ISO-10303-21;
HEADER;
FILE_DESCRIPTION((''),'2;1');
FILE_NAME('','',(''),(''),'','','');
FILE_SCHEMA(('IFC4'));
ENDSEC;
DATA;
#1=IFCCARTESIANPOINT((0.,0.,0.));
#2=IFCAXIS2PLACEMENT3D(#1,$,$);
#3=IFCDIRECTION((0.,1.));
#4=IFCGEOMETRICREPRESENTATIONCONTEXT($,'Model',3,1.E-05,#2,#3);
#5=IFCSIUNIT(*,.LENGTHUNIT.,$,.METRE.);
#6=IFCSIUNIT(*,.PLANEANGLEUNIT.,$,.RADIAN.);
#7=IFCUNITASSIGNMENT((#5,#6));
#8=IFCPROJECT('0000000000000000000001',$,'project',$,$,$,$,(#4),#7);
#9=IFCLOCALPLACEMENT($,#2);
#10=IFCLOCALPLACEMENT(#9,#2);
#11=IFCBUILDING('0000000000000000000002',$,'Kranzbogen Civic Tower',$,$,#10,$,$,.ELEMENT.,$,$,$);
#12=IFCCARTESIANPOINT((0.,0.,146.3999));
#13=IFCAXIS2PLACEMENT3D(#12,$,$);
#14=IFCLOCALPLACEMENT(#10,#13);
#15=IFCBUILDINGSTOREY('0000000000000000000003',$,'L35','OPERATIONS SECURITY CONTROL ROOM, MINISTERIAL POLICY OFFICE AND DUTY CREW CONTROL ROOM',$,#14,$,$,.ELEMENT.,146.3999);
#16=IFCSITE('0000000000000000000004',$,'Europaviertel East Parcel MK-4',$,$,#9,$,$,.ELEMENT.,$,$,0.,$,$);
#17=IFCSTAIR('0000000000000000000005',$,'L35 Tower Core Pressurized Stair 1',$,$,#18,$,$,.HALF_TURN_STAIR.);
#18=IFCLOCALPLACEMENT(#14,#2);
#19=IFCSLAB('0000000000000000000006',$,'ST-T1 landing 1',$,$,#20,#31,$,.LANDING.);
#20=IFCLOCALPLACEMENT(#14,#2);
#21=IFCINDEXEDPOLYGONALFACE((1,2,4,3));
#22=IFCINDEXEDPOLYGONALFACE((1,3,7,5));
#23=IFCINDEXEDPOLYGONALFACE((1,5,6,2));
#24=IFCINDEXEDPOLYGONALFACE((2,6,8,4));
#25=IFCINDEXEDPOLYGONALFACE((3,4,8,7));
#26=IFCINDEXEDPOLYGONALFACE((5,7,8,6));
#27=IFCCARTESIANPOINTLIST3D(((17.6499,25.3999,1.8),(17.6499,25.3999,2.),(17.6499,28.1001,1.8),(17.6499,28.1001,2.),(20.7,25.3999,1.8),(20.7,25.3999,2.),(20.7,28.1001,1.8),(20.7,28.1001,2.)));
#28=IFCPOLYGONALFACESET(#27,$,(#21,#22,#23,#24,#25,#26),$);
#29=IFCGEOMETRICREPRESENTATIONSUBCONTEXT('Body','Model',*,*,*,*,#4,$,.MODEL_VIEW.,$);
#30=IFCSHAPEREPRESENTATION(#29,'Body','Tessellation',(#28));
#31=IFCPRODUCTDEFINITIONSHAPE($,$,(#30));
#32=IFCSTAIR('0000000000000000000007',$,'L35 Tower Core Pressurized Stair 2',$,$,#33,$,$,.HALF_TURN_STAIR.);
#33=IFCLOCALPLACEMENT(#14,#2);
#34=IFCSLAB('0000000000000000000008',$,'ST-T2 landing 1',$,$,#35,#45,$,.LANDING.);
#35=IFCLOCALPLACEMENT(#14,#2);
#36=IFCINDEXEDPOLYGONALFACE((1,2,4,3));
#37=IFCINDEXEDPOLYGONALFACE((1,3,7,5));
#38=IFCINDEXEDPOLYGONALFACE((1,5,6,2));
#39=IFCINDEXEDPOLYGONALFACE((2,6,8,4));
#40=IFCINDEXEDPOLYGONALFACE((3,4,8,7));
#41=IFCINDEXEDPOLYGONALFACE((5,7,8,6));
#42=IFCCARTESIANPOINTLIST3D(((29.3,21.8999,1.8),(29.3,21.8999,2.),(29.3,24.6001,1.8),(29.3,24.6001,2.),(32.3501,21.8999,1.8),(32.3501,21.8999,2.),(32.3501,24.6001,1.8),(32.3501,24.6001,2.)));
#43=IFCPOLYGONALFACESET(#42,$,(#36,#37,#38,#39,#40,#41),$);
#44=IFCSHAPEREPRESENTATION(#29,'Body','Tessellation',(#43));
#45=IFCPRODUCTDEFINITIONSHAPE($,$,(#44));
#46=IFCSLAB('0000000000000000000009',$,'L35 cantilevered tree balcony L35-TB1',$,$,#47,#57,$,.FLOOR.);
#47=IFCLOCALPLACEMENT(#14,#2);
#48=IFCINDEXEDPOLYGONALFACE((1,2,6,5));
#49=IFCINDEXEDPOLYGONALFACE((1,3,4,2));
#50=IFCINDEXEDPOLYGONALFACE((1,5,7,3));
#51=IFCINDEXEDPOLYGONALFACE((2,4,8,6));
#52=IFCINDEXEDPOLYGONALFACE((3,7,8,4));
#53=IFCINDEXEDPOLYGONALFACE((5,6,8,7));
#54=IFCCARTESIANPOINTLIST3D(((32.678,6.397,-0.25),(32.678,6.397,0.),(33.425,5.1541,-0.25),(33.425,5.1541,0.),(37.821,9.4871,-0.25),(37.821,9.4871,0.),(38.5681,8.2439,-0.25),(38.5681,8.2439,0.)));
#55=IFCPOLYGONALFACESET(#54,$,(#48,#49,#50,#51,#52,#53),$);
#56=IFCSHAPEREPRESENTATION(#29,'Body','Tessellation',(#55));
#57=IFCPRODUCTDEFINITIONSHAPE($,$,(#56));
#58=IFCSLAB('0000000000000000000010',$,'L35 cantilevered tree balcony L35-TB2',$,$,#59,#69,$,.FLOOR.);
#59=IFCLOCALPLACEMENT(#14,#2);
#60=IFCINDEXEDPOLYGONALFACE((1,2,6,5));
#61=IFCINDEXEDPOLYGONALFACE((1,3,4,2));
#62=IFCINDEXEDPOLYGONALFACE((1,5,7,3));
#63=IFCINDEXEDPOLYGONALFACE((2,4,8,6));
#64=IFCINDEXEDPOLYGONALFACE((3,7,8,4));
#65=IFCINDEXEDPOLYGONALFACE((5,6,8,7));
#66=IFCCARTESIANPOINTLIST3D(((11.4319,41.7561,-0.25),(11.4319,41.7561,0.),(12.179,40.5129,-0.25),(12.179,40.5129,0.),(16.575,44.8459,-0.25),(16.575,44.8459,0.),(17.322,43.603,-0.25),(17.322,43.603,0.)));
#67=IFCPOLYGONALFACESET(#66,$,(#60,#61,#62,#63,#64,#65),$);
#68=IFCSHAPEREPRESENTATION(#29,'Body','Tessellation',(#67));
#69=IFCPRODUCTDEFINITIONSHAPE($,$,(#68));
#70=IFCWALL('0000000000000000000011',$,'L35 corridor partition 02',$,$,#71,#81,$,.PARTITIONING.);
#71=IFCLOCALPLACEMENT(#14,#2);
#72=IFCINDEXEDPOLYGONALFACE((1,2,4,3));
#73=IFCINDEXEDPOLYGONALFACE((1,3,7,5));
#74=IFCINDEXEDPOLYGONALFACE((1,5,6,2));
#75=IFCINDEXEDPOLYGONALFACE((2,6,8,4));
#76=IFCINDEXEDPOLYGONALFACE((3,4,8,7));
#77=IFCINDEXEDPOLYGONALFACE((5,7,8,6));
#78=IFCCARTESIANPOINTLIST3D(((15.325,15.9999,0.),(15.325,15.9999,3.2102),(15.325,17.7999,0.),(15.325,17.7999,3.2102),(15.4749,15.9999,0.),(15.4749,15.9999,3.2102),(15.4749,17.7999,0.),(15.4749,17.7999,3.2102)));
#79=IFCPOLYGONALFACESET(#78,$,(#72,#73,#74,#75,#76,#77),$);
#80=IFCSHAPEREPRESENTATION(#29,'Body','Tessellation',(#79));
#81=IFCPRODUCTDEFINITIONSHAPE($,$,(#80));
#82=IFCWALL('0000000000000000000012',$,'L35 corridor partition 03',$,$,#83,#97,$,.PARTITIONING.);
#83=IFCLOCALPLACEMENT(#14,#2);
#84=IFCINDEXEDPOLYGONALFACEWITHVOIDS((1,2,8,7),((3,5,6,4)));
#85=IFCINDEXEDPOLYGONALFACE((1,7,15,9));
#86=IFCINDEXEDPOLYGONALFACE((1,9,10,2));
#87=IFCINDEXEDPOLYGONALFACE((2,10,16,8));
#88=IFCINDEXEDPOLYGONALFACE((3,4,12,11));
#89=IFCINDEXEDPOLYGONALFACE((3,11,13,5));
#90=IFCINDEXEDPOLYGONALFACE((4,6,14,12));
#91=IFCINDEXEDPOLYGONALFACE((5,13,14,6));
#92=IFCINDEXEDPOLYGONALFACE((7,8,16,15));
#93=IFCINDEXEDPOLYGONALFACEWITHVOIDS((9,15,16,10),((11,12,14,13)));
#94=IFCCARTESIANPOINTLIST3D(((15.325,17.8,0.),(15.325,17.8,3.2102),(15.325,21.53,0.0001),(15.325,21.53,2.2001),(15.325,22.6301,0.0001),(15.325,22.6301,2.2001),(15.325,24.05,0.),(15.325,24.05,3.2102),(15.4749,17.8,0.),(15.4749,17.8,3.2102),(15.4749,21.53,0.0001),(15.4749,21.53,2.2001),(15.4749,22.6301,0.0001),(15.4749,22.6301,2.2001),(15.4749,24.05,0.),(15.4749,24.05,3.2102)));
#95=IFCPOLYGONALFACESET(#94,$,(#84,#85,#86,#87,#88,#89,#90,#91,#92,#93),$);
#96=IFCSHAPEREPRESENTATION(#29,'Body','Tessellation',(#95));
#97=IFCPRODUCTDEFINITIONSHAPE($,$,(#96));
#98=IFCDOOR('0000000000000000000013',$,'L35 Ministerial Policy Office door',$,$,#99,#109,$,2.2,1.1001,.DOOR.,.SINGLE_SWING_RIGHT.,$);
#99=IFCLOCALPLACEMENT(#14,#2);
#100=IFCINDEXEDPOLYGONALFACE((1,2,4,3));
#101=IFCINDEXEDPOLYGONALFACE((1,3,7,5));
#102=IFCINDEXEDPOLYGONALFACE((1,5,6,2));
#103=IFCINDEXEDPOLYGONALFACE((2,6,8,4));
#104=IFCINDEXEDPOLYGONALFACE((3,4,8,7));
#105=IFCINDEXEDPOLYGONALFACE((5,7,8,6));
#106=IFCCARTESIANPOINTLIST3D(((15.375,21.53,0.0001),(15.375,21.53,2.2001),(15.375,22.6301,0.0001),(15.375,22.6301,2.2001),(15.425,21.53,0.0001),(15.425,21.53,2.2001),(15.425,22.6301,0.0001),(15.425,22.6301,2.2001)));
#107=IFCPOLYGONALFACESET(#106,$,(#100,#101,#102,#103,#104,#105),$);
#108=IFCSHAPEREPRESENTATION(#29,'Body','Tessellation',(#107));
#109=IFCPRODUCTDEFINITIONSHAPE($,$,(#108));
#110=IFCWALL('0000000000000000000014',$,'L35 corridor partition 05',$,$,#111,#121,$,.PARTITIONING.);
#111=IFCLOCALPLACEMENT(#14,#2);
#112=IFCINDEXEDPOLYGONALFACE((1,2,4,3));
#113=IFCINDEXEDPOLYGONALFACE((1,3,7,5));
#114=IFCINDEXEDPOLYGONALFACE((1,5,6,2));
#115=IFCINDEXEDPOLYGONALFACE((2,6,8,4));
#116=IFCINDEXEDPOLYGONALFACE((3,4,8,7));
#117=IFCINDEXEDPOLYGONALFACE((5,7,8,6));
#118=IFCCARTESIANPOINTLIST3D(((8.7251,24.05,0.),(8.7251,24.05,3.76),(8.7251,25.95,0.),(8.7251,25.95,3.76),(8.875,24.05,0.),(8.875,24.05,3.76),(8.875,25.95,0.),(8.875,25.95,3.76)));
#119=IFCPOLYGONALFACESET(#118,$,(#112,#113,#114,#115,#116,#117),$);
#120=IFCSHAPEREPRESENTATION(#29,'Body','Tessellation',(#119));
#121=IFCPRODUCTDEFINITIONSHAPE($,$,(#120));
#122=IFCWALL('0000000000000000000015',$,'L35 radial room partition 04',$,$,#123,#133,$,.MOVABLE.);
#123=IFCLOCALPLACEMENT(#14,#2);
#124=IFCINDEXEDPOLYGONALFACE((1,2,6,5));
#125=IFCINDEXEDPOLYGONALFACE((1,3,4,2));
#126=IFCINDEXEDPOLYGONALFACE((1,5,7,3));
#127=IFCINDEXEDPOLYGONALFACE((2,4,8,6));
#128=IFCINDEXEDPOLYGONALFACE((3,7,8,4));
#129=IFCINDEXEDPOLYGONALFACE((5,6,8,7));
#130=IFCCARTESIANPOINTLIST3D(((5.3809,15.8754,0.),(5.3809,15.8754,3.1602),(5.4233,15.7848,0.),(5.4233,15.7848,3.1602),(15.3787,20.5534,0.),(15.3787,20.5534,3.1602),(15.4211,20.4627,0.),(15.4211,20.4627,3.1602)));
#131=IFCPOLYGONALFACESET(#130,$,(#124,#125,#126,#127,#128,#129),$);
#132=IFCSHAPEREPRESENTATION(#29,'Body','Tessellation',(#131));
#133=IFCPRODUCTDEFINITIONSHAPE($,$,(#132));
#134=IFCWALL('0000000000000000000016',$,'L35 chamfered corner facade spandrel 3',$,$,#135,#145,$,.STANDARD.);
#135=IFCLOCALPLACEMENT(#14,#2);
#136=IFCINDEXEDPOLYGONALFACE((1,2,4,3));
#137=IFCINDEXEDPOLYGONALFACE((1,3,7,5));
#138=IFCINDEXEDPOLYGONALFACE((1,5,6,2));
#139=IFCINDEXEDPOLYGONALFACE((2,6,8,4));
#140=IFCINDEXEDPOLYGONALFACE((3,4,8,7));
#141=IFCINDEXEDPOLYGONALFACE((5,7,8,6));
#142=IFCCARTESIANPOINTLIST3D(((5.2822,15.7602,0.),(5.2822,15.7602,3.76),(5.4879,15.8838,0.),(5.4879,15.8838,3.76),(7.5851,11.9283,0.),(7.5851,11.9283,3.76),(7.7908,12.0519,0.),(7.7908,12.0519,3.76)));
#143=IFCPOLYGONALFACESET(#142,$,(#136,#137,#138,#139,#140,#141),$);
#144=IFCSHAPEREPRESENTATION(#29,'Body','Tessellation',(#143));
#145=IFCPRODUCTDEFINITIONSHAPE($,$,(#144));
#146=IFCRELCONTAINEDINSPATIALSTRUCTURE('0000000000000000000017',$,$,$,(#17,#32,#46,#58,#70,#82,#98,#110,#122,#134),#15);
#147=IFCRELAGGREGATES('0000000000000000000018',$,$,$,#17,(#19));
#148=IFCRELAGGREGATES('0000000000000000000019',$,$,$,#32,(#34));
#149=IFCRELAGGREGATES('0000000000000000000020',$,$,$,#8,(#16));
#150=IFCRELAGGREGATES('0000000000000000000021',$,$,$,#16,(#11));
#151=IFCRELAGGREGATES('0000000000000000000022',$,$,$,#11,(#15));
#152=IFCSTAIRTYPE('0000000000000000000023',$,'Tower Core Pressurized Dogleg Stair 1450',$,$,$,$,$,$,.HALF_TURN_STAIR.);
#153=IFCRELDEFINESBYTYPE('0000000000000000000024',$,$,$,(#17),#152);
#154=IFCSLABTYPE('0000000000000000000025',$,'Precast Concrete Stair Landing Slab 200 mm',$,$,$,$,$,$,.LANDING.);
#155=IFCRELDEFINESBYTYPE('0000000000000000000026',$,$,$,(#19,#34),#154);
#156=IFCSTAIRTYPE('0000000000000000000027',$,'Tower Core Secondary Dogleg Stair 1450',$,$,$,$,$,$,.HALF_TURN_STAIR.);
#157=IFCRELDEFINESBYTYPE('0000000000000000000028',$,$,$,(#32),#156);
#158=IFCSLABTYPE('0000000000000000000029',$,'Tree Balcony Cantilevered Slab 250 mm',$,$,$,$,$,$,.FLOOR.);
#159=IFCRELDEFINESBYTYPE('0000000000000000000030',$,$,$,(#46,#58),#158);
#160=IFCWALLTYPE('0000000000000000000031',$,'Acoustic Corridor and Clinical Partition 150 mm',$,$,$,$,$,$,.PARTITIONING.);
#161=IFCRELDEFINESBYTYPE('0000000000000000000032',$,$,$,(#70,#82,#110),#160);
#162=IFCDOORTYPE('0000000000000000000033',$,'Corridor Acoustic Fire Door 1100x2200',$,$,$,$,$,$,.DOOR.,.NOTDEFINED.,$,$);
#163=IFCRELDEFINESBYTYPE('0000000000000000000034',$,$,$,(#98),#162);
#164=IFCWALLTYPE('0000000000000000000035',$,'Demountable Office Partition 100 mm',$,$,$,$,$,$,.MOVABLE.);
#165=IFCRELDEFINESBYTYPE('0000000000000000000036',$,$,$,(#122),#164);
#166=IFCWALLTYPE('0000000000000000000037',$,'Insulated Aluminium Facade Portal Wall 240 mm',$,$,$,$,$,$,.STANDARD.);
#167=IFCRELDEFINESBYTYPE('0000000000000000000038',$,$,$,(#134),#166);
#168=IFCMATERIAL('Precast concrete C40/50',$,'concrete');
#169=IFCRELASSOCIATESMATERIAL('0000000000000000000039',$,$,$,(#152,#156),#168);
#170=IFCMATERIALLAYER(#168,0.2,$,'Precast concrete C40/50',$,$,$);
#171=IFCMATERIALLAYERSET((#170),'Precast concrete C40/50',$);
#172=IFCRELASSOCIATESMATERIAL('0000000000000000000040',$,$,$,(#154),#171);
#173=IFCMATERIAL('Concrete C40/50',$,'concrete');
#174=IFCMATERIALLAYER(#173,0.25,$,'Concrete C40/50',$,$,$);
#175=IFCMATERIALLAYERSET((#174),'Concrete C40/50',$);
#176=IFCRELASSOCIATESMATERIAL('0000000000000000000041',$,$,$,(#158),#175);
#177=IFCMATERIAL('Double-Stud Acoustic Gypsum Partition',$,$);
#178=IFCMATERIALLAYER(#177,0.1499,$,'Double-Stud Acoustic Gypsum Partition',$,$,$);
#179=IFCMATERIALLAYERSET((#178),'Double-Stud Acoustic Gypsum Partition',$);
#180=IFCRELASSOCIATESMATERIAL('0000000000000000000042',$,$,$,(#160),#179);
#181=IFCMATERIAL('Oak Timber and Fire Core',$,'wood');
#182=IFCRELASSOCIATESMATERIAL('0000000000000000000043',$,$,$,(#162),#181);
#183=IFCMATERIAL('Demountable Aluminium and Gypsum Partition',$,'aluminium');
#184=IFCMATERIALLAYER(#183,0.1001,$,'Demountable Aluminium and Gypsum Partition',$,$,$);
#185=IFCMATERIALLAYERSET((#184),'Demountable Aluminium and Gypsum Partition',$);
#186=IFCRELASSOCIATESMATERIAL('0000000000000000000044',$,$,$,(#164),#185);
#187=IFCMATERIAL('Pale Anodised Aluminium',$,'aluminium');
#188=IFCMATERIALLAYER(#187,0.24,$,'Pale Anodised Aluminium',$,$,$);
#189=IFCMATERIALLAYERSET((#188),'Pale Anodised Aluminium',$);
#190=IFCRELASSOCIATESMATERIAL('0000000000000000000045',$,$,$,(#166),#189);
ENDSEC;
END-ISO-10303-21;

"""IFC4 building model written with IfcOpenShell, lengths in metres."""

from ifc_helpers import new_model, si_unit, direction, frame, frame_2d, origin, place, context, subcontext, project, spatial, polyline, rectangle, outline, extrude, material, layer, layer_set, type_object, element, fill, aggregate, save


model = new_model("IFC4")

# Units and contexts
model_context = context("Model", 3, precision=1e-05, world=origin(), true_north=direction((0.0, 1.0)))
body_context = subcontext(model_context, "Body", "Model", "MODEL_VIEW")
ifc_project = project(units=[si_unit("LENGTHUNIT", "METRE"), si_unit("PLANEANGLEUNIT", "RADIAN")], contexts=[model_context])

# Site, building, storey
site_placement = place(None, origin())
site = spatial("IfcSite", under=ifc_project, at=site_placement, Name="Europaviertel East Parcel MK-4", CompositionType="ELEMENT", RefElevation=0.0)
building_placement = place(site_placement, origin())
building = spatial("IfcBuilding", under=site, at=building_placement, Name="Kranzbogen Civic Tower", CompositionType="ELEMENT")
storey_placement = place(building_placement, frame((0.0, 0.0, 146.3999)))
storey = spatial("IfcBuildingStorey", under=building, at=storey_placement, Name="L35", Description="OPERATIONS SECURITY CONTROL ROOM, MINISTERIAL POLICY OFFICE AND DUTY CREW CONTROL ROOM", CompositionType="ELEMENT", Elevation=146.3999)

# Shared definitions
ifc_material_1 = material(Name="Pale Anodised Aluminium", Category="aluminium")

# Shared definitions
ifc_material_2 = material(Name="Concrete C40/50", Category="concrete")

# Stairs, slabs
ifc_material_3 = material(Name="Precast concrete C40/50", Category="concrete")
stair_type_1 = type_object("IfcStairType", Name="Tower Core Pressurized Dogleg Stair 1450", PredefinedType="HALF_TURN_STAIR", material=ifc_material_3)
stair_1_placement = place(storey_placement, origin())
stair_1 = element("IfcStair", 1, at=stair_1_placement, inside=storey, type_object=stair_type_1, Name="L35 Tower Core Pressurized Stair 1", PredefinedType="HALF_TURN_STAIR")
ifc_layer_1 = layer(ifc_material_3, 0.2, Name="Precast concrete C40/50")
ifc_layer_set_1 = layer_set([ifc_layer_1], Name="Precast concrete C40/50")
slab_type_1 = type_object("IfcSlabType", Name="Precast Concrete Stair Landing Slab 200 mm", PredefinedType="LANDING", material=ifc_layer_set_1)
slab_1_placement = place(storey_placement, frame((0.0, 0.0, 1.8)))
slab_1 = element("IfcSlab", 2, at=slab_1_placement, type_object=slab_type_1, Name="ST-T1 landing 1", PredefinedType="LANDING", context=body_context, shape_type="SweptSolid", body=[
    extrude(outline(polyline([(20.7, 25.3999), (20.7, 28.1001), (17.6499, 28.1001), (17.6499, 25.3999), (20.7, 25.3999)])), origin(), (0.0, 0.0, 1.0), 0.2),
])
aggregate(stair_1, [slab_1])
stair_type_2 = type_object("IfcStairType", Name="Tower Core Secondary Dogleg Stair 1450", PredefinedType="HALF_TURN_STAIR", material=ifc_material_3)
stair_2_placement = place(storey_placement, origin())
stair_2 = element("IfcStair", 3, at=stair_2_placement, inside=storey, type_object=stair_type_2, Name="L35 Tower Core Pressurized Stair 2", PredefinedType="HALF_TURN_STAIR")
slab_2_placement = place(storey_placement, frame((0.0, 0.0, 1.8)))
slab_2 = element("IfcSlab", 4, at=slab_2_placement, type_object=slab_type_1, Name="ST-T2 landing 1", PredefinedType="LANDING", context=body_context, shape_type="SweptSolid", body=[
    extrude(outline(polyline([(29.3, 24.6001), (29.3, 21.8999), (32.3501, 21.8999), (32.3501, 24.6001), (29.3, 24.6001)])), origin(), (0.0, 0.0, 1.0), 0.2),
])
aggregate(stair_2, [slab_2])

# Slabs
ifc_layer_2 = layer(ifc_material_2, 0.25, Name="Concrete C40/50")
ifc_layer_set_2 = layer_set([ifc_layer_2], Name="Concrete C40/50")
slab_type_2 = type_object("IfcSlabType", Name="Tree Balcony Cantilevered Slab 250 mm", PredefinedType="FLOOR", material=ifc_layer_set_2)
slab_3_placement = place(storey_placement, frame((0.0, 0.0, -0.25)))
element("IfcSlab", 5, at=slab_3_placement, inside=storey, type_object=slab_type_2, Name="L35 cantilevered tree balcony L35-TB1", PredefinedType="FLOOR", context=body_context, shape_type="SweptSolid", body=[
    extrude(outline(polyline([(32.678, 6.397), (37.821, 9.4871), (38.5681, 8.2439), (33.425, 5.1541), (32.678, 6.397)])), origin(), (0.0, 0.0, 1.0), 0.25),
])
slab_4_placement = place(storey_placement, frame((0.0, 0.0, -0.25)))
element("IfcSlab", 6, at=slab_4_placement, inside=storey, type_object=slab_type_2, Name="L35 cantilevered tree balcony L35-TB2", PredefinedType="FLOOR", context=body_context, shape_type="SweptSolid", body=[
    extrude(outline(polyline([(17.322, 43.603), (12.179, 40.5129), (11.4319, 41.7561), (16.575, 44.8459), (17.322, 43.603)])), origin(), (0.0, 0.0, 1.0), 0.25),
])

# Wall
ifc_material_4 = material(Name="Double-Stud Acoustic Gypsum Partition")
ifc_layer_3 = layer(ifc_material_4, 0.1499, Name="Double-Stud Acoustic Gypsum Partition")
ifc_layer_set_3 = layer_set([ifc_layer_3], Name="Double-Stud Acoustic Gypsum Partition")
wall_type_1 = type_object("IfcWallType", Name="Acoustic Corridor and Clinical Partition 150 mm", PredefinedType="PARTITIONING", material=ifc_layer_set_3)
wall_1_placement = place(storey_placement, frame((15.3999, 16.0, 0.0), z_axis=(0.0, 0.0, 1.0), x_axis=(0.0, 1.0, 0.0)))
element("IfcWall", 7, at=wall_1_placement, inside=storey, type_object=wall_type_1, Name="L35 corridor partition 02", PredefinedType="PARTITIONING", context=body_context, shape_type="SweptSolid", body=[
    extrude(rectangle(XDim=1.8, YDim=0.1499, at=frame_2d((0.8999, 0.0))), origin(), (0.0, 0.0, 1.0), 3.2102),
])

# Wall, opening, door
wall_2_placement = place(storey_placement, frame((15.3999, 17.8, 0.0), z_axis=(0.0, 0.0, 1.0), x_axis=(0.0, 1.0, 0.0)))
wall_2 = element("IfcWall", 8, at=wall_2_placement, inside=storey, type_object=wall_type_1, Name="L35 corridor partition 03", PredefinedType="PARTITIONING", context=body_context, shape_type="SweptSolid", body=[
    extrude(rectangle(XDim=6.25, YDim=0.1499, at=frame_2d((3.125, 0.0))), origin(), (0.0, 0.0, 1.0), 3.2102),
])
opening_placement = place(wall_2_placement, frame((3.73, 0.0, 0.0)))
opening = element("IfcOpeningElement", 9, at=opening_placement, cuts=wall_2, PredefinedType="OPENING", context=body_context, shape_type="SweptSolid", body=[
    extrude(rectangle(XDim=1.1001, YDim=2.2, at=frame_2d((0.55, 1.1001))), frame((0.0, 0.085, 0.0), z_axis=(0.0, -1.0, 0.0), x_axis=(1.0, 0.0, 0.0)), (0.0, 0.0, 1.0), 0.1699),
])
ifc_material_5 = material(Name="Oak Timber and Fire Core", Category="wood")
door_type = type_object("IfcDoorType", Name="Corridor Acoustic Fire Door 1100x2200", OperationType="NOTDEFINED", PredefinedType="DOOR", material=ifc_material_5)
door_placement = place(opening_placement, origin())
door = element("IfcDoor", 10, at=door_placement, inside=storey, type_object=door_type, Name="L35 Ministerial Policy Office door", OperationType="SINGLE_SWING_RIGHT", OverallHeight=2.2, OverallWidth=1.1001, PredefinedType="DOOR", context=body_context, shape_type="SweptSolid", body=[
    extrude(rectangle(XDim=1.1001, YDim=2.2, at=frame_2d((0.55, 1.1001))), frame((0.0, 0.0249, 0.0), z_axis=(0.0, -1.0, 0.0), x_axis=(1.0, 0.0, 0.0)), (0.0, 0.0, 1.0), 0.05),
])
fill(opening, door)

# Walls
wall_3_placement = place(storey_placement, frame((8.8, 24.05, 0.0), z_axis=(0.0, 0.0, 1.0), x_axis=(0.0, 1.0, 0.0)))
element("IfcWall", 11, at=wall_3_placement, inside=storey, type_object=wall_type_1, Name="L35 corridor partition 05", PredefinedType="PARTITIONING", context=body_context, shape_type="SweptSolid", body=[
    extrude(rectangle(XDim=1.8999, YDim=0.1499, at=frame_2d((0.95, 0.0))), origin(), (0.0, 0.0, 1.0), 3.76),
])
ifc_material_6 = material(Name="Demountable Aluminium and Gypsum Partition", Category="aluminium")
ifc_layer_4 = layer(ifc_material_6, 0.1001, Name="Demountable Aluminium and Gypsum Partition")
ifc_layer_set_4 = layer_set([ifc_layer_4], Name="Demountable Aluminium and Gypsum Partition")
wall_type_2 = type_object("IfcWallType", Name="Demountable Office Partition 100 mm", PredefinedType="MOVABLE", material=ifc_layer_set_4)
wall_4_placement = place(storey_placement, frame((15.3999, 20.5081, 0.0), z_axis=(0.0, 0.0, 1.0), x_axis=(-0.905754, -0.423803, 0.0)))
element("IfcWall", 12, at=wall_4_placement, inside=storey, type_object=wall_type_2, Name="L35 radial room partition 04", PredefinedType="MOVABLE", context=body_context, shape_type="SweptSolid", body=[
    extrude(rectangle(XDim=11.0381, YDim=0.1001, at=frame_2d((5.519, 0.0))), origin(), (0.0, 0.0, 1.0), 3.1602),
])
ifc_layer_5 = layer(ifc_material_1, 0.24, Name="Pale Anodised Aluminium")
ifc_layer_set_5 = layer_set([ifc_layer_5], Name="Pale Anodised Aluminium")
wall_type_3 = type_object("IfcWallType", Name="Insulated Aluminium Facade Portal Wall 240 mm", PredefinedType="STANDARD", material=ifc_layer_set_5)
wall_5_placement = place(storey_placement, frame((5.385, 15.822, 0.0), z_axis=(0.0, 0.0, 1.0), x_axis=(0.515114, -0.857122, 0.0)))
element("IfcWall", 13, at=wall_5_placement, inside=storey, type_object=wall_type_3, Name="L35 chamfered corner facade spandrel 3", PredefinedType="STANDARD", context=body_context, shape_type="SweptSolid", body=[
    extrude(rectangle(XDim=4.4707, YDim=0.24, at=frame_2d((2.2354, 0.0))), origin(), (0.0, 0.0, 1.0), 3.76),
])

save(model, "model.ifc")
